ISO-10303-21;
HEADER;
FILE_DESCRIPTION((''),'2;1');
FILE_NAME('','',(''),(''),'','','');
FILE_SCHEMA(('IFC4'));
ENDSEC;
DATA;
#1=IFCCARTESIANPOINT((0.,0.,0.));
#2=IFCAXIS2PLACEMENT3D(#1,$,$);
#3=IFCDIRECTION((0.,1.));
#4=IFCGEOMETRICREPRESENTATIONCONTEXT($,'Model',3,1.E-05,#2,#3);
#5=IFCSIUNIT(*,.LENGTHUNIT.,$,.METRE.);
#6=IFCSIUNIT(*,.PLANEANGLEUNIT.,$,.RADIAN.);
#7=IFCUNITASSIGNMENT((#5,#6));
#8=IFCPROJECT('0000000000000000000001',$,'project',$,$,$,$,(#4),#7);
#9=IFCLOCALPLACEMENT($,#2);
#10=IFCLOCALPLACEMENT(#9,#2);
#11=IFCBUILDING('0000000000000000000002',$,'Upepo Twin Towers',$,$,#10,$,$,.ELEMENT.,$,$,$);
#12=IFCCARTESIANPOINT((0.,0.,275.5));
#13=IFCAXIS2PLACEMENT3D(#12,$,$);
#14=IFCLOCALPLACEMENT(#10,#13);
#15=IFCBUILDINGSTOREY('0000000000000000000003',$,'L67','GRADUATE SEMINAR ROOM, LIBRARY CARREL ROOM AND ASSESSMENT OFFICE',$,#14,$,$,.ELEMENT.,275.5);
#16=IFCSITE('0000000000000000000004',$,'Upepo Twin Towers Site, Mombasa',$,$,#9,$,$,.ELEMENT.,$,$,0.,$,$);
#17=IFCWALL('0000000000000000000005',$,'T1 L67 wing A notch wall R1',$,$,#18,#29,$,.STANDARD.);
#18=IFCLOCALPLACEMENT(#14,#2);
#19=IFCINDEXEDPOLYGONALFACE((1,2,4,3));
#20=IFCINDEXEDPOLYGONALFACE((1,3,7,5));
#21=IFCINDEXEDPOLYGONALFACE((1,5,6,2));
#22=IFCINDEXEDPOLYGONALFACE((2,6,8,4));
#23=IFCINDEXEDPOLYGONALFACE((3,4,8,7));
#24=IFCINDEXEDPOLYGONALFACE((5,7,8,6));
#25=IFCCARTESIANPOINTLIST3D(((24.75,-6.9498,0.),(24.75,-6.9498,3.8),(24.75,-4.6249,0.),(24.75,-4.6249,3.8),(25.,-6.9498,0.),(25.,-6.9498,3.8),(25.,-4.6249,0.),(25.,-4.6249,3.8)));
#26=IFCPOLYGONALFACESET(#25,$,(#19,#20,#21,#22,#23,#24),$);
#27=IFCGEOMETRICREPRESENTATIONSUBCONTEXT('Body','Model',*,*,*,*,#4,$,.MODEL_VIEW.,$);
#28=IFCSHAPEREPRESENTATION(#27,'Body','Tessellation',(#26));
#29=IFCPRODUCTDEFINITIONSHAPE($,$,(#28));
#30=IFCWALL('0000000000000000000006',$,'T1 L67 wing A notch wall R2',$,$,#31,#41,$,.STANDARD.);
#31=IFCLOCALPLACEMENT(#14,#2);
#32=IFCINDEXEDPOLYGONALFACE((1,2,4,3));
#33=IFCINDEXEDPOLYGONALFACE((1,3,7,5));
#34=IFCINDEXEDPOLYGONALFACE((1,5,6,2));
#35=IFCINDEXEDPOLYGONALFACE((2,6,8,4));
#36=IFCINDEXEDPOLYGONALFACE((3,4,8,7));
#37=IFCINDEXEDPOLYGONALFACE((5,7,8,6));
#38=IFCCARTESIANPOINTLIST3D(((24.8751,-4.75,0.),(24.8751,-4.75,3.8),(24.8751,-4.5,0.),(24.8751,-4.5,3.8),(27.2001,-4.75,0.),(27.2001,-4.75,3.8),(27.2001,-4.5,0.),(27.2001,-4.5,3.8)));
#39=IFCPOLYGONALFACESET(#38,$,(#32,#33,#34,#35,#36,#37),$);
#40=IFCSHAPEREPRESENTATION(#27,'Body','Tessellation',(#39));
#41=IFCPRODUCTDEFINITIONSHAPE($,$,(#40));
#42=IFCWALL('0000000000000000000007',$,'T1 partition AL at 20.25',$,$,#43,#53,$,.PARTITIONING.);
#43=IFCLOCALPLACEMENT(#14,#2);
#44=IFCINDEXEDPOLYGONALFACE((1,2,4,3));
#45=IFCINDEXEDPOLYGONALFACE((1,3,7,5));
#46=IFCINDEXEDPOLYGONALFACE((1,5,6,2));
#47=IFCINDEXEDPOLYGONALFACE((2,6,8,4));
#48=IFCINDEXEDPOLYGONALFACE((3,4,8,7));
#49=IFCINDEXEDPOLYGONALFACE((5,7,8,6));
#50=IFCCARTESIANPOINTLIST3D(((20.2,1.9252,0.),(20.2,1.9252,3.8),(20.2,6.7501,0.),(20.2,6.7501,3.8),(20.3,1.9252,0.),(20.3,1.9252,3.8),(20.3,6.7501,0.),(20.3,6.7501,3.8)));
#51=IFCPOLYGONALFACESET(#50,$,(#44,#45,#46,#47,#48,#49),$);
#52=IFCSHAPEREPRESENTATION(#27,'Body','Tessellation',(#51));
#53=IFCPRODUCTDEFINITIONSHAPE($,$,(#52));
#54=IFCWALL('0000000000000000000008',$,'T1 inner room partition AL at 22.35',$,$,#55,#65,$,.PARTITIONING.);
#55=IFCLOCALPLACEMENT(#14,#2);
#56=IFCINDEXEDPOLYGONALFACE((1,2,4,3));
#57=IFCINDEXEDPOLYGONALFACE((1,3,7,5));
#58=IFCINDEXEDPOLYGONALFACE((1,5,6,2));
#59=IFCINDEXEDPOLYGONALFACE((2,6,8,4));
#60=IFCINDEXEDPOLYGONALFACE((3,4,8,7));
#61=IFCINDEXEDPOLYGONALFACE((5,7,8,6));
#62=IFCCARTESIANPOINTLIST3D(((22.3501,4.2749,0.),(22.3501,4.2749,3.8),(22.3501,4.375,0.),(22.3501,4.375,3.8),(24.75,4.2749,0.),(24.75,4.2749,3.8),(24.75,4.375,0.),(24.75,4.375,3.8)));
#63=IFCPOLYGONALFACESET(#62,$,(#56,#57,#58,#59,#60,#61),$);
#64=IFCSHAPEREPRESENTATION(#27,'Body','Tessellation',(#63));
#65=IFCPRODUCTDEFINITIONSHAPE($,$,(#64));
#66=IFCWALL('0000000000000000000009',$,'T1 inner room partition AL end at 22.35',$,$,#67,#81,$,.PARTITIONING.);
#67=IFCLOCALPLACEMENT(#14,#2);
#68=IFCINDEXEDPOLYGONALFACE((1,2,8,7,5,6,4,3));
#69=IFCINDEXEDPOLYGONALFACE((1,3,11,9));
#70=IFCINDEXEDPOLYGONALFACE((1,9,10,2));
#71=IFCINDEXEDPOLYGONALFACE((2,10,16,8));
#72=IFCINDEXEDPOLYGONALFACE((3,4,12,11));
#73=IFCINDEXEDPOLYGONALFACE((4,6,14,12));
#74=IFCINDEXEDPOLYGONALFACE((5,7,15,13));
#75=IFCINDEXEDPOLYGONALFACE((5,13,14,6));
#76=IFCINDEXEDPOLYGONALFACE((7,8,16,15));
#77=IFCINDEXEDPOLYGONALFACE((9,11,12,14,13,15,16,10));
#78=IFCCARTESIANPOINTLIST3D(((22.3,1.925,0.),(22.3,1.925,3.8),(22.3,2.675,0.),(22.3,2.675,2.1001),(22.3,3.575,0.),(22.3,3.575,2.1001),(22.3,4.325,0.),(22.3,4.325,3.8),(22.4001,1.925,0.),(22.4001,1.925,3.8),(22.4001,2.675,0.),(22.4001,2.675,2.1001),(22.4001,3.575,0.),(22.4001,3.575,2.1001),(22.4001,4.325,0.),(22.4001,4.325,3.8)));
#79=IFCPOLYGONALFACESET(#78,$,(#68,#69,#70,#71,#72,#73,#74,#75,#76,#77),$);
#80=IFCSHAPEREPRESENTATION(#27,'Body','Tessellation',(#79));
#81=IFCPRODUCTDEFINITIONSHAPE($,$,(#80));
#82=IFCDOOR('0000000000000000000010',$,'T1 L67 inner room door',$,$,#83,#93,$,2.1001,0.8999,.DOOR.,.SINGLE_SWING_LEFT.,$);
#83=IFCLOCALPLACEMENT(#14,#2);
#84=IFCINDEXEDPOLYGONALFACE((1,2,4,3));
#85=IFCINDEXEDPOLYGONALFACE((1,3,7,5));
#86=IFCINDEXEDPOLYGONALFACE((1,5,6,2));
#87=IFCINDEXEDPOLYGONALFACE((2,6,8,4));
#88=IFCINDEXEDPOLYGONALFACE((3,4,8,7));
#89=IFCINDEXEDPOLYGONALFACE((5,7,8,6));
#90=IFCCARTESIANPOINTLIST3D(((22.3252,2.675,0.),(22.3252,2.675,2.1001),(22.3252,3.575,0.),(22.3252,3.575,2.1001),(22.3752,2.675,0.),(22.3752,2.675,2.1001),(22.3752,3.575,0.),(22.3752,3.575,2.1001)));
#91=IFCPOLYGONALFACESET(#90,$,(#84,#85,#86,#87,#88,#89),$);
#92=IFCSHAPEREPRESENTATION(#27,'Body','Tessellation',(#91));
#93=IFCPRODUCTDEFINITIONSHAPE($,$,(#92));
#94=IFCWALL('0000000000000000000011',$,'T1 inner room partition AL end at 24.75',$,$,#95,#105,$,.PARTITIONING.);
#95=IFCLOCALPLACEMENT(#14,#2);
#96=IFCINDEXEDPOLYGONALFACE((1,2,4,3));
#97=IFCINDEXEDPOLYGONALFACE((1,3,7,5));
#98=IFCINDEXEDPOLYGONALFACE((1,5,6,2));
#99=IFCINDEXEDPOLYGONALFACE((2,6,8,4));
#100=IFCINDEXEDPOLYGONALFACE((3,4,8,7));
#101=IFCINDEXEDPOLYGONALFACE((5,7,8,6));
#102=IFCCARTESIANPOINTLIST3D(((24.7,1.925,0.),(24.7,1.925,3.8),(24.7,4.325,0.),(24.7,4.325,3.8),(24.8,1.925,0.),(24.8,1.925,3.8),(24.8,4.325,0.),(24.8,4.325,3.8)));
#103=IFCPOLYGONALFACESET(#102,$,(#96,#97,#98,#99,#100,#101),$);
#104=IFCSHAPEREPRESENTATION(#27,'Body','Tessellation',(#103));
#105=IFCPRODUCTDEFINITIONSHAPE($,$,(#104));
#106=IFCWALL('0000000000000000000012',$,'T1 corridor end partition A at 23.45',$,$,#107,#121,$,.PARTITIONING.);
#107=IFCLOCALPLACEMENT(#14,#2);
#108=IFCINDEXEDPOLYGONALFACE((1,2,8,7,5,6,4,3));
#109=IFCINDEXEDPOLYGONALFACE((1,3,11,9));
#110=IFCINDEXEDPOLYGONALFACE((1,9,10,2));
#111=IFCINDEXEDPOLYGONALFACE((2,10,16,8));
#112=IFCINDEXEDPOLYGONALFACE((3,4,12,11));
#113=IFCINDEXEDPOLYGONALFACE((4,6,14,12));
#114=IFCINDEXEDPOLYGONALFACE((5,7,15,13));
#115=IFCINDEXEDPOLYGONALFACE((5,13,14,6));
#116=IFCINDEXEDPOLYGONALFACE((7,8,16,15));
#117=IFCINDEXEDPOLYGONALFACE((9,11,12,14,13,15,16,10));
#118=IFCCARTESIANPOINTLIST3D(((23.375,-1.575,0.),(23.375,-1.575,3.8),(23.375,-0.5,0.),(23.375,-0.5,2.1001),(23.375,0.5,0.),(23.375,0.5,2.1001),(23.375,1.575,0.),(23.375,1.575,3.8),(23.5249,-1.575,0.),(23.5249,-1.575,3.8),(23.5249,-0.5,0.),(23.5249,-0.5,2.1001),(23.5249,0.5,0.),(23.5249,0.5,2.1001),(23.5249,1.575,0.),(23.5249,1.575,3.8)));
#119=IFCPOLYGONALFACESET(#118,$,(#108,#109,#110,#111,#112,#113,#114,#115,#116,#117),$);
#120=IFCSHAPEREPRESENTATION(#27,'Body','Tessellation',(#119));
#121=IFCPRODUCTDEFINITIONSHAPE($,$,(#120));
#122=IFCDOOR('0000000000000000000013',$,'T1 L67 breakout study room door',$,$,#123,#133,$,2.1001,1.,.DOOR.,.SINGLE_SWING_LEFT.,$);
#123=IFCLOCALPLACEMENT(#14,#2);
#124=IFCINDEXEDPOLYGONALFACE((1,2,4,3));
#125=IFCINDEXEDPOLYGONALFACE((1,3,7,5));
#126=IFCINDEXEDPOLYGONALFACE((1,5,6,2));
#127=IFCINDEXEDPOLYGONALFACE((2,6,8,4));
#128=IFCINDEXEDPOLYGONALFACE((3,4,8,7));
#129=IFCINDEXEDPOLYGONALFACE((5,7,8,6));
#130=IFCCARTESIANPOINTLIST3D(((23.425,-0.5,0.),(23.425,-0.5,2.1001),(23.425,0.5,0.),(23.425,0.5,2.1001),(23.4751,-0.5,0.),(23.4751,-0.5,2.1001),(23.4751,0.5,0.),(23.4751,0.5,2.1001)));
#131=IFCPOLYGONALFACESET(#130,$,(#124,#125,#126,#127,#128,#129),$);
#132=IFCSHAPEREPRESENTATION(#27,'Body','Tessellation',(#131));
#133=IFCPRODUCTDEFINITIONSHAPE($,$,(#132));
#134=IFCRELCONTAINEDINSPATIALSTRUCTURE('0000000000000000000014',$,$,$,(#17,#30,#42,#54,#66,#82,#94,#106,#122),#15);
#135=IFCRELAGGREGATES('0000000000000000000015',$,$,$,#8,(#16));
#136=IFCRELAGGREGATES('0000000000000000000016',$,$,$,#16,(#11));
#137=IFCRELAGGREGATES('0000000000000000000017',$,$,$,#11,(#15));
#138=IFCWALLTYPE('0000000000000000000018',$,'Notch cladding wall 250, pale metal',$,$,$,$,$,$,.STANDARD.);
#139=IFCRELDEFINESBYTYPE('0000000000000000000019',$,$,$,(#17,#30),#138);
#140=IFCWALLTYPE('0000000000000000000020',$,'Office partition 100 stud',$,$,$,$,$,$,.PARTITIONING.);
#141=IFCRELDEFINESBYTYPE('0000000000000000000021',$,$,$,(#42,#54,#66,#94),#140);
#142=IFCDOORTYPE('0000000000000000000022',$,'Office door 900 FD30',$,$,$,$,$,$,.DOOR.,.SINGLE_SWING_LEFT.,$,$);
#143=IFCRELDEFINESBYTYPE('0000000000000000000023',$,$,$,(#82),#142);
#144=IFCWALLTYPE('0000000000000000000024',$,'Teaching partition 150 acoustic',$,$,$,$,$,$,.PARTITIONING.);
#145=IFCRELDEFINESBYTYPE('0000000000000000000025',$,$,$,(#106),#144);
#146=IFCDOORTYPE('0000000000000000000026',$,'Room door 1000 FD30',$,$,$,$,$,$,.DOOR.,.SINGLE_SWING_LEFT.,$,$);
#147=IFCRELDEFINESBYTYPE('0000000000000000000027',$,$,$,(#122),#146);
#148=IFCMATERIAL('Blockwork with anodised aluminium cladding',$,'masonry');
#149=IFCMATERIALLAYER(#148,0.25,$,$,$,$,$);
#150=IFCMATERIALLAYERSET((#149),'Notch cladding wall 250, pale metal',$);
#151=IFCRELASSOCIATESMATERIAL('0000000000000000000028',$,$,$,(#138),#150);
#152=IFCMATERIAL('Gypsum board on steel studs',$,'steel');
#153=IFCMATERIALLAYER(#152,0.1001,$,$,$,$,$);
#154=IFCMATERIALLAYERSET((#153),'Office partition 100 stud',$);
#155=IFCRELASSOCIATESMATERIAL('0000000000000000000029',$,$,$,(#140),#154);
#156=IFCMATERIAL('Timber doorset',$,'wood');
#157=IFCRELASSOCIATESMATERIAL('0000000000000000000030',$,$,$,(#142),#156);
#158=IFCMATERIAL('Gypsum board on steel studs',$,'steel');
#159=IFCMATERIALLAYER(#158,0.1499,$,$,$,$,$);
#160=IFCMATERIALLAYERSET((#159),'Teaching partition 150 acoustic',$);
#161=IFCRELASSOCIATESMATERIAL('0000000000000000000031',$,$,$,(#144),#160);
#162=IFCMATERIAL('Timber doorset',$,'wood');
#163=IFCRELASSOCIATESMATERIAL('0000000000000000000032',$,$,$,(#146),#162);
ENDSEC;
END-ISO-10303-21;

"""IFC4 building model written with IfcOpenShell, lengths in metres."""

from ifc_helpers import new_model, si_unit, direction, frame, frame_2d, origin, place, context, subcontext, project, spatial, rectangle, extrude, material, layer, layer_set, type_object, element, fill, save


model = new_model("IFC4")

# Units and contexts
model_context = context("Model", 3, precision=1e-05, world=origin(), true_north=direction((0.0, 1.0)))
body_context = subcontext(model_context, "Body", "Model", "MODEL_VIEW")
ifc_project = project(units=[si_unit("LENGTHUNIT", "METRE"), si_unit("PLANEANGLEUNIT", "RADIAN")], contexts=[model_context])

# Site, building, storey
site_placement = place(None, origin())
site = spatial("IfcSite", under=ifc_project, at=site_placement, Name="Upepo Twin Towers Site, Mombasa", CompositionType="ELEMENT", RefElevation=0.0)
building_placement = place(site_placement, origin())
building = spatial("IfcBuilding", under=site, at=building_placement, Name="Upepo Twin Towers", CompositionType="ELEMENT")
storey_placement = place(building_placement, frame((0.0, 0.0, 275.5)))
storey = spatial("IfcBuildingStorey", under=building, at=storey_placement, Name="L67", Description="GRADUATE SEMINAR ROOM, LIBRARY CARREL ROOM AND ASSESSMENT OFFICE", CompositionType="ELEMENT", Elevation=275.5)

# Walls
ifc_material_1 = material(Name="Blockwork with anodised aluminium cladding", Category="masonry")
ifc_layer_1 = layer(ifc_material_1, 0.25)
ifc_layer_set_1 = layer_set([ifc_layer_1], Name="Notch cladding wall 250, pale metal")
wall_type_1 = type_object("IfcWallType", Name="Notch cladding wall 250, pale metal", PredefinedType="STANDARD", material=ifc_layer_set_1)
for number, where, z_axis, x_axis, name in (
    (1, (24.875, -6.95, 0.0), (0.0, 0.0, 1.0), (0.0, 1.0, 0.0), "T1 L67 wing A notch wall R1"),
    (2, (24.875, -4.625, 0.0), (0.0, 0.0, 1.0), (1.0, 0.0, 0.0), "T1 L67 wing A notch wall R2"),
):
    element("IfcWall", number, at=place(storey_placement, frame(where, z_axis=z_axis, x_axis=x_axis)), inside=storey, type_object=wall_type_1, Name=name, PredefinedType="STANDARD", context=body_context, shape_type="SweptSolid", body=[
        extrude(rectangle(XDim=2.325, YDim=0.25, at=frame_2d((1.1626, 0.0))), origin(), (0.0, 0.0, 1.0), 3.8),
    ])
ifc_material_2 = material(Name="Gypsum board on steel studs", Category="steel")
ifc_layer_2 = layer(ifc_material_2, 0.1001)
ifc_layer_set_2 = layer_set([ifc_layer_2], Name="Office partition 100 stud")
wall_type_2 = type_object("IfcWallType", Name="Office partition 100 stud", PredefinedType="PARTITIONING", material=ifc_layer_set_2)
wall_1_placement = place(storey_placement, frame((20.25, 1.925, 0.0), z_axis=(0.0, 0.0, 1.0), x_axis=(0.0, 1.0, 0.0)))
element("IfcWall", 3, at=wall_1_placement, inside=storey, type_object=wall_type_2, Name="T1 partition AL at 20.25", PredefinedType="PARTITIONING", context=body_context, shape_type="SweptSolid", body=[
    extrude(rectangle(XDim=4.825, YDim=0.1001, at=frame_2d((2.4126, 0.0))), origin(), (0.0, 0.0, 1.0), 3.8),
])
wall_2_placement = place(storey_placement, frame((22.3501, 4.325, 0.0), z_axis=(0.0, 0.0, 1.0), x_axis=(1.0, 0.0, 0.0)))
element("IfcWall", 4, at=wall_2_placement, inside=storey, type_object=wall_type_2, Name="T1 inner room partition AL at 22.35", PredefinedType="PARTITIONING", context=body_context, shape_type="SweptSolid", body=[
    extrude(rectangle(XDim=2.3999, YDim=0.1001, at=frame_2d((1.2, 0.0))), origin(), (0.0, 0.0, 1.0), 3.8),
])

# Wall, opening, door
wall_3_placement = place(storey_placement, frame((22.3501, 1.925, 0.0), z_axis=(0.0, 0.0, 1.0), x_axis=(0.0, 1.0, 0.0)))
wall_3 = element("IfcWall", 5, at=wall_3_placement, inside=storey, type_object=wall_type_2, Name="T1 inner room partition AL end at 22.35", PredefinedType="PARTITIONING", context=body_context, shape_type="SweptSolid", body=[
    extrude(rectangle(XDim=2.3999, YDim=0.1001, at=frame_2d((1.2, 0.0))), origin(), (0.0, 0.0, 1.0), 3.8),
])
opening_1_placement = place(wall_3_placement, frame((0.75, 0.0, 0.0)))
opening_1 = element("IfcOpeningElement", 6, at=opening_1_placement, cuts=wall_3, PredefinedType="OPENING", context=body_context, shape_type="SweptSolid", body=[
    extrude(rectangle(XDim=0.8999, YDim=2.1001, at=frame_2d((0.45, 1.05))), frame((0.0, 0.0601, 0.0), z_axis=(0.0, -1.0, 0.0), x_axis=(1.0, 0.0, 0.0)), (0.0, 0.0, 1.0), 0.1201),
])
ifc_material_3 = material(Name="Timber doorset", Category="wood")
door_type_1 = type_object("IfcDoorType", Name="Office door 900 FD30", OperationType="SINGLE_SWING_LEFT", PredefinedType="DOOR", material=ifc_material_3)
door_1_placement = place(opening_1_placement, origin())
door_1 = element("IfcDoor", 7, at=door_1_placement, inside=storey, type_object=door_type_1, Name="T1 L67 inner room door", OperationType="SINGLE_SWING_LEFT", OverallHeight=2.1001, OverallWidth=0.8999, PredefinedType="DOOR", context=body_context, shape_type="SweptSolid", body=[
    extrude(rectangle(XDim=0.8999, YDim=2.1001, at=frame_2d((0.45, 1.05))), frame((0.0, 0.0249, 0.0), z_axis=(0.0, -1.0, 0.0), x_axis=(1.0, 0.0, 0.0)), (0.0, 0.0, 1.0), 0.05),
])
fill(opening_1, door_1)

# Wall
wall_4_placement = place(storey_placement, frame((24.75, 1.925, 0.0), z_axis=(0.0, 0.0, 1.0), x_axis=(0.0, 1.0, 0.0)))
element("IfcWall", 8, at=wall_4_placement, inside=storey, type_object=wall_type_2, Name="T1 inner room partition AL end at 24.75", PredefinedType="PARTITIONING", context=body_context, shape_type="SweptSolid", body=[
    extrude(rectangle(XDim=2.3999, YDim=0.1001, at=frame_2d((1.2, 0.0))), origin(), (0.0, 0.0, 1.0), 3.8),
])

# Wall, opening, door
ifc_material_4 = material(Name="Gypsum board on steel studs", Category="steel")
ifc_layer_3 = layer(ifc_material_4, 0.1499)
ifc_layer_set_3 = layer_set([ifc_layer_3], Name="Teaching partition 150 acoustic")
wall_type_3 = type_object("IfcWallType", Name="Teaching partition 150 acoustic", PredefinedType="PARTITIONING", material=ifc_layer_set_3)
wall_5_placement = place(storey_placement, frame((23.45, -1.575, 0.0), z_axis=(0.0, 0.0, 1.0), x_axis=(0.0, 1.0, 0.0)))
wall_5 = element("IfcWall", 9, at=wall_5_placement, inside=storey, type_object=wall_type_3, Name="T1 corridor end partition A at 23.45", PredefinedType="PARTITIONING", context=body_context, shape_type="SweptSolid", body=[
    extrude(rectangle(XDim=3.1499, YDim=0.1499, at=frame_2d((1.575, 0.0))), origin(), (0.0, 0.0, 1.0), 3.8),
])
opening_2_placement = place(wall_5_placement, frame((1.075, 0.0, 0.0)))
opening_2 = element("IfcOpeningElement", 10, at=opening_2_placement, cuts=wall_5, PredefinedType="OPENING", context=body_context, shape_type="SweptSolid", body=[
    extrude(rectangle(XDim=1.0, YDim=2.1001, at=frame_2d((0.5, 1.05))), frame((0.0, 0.085, 0.0), z_axis=(0.0, -1.0, 0.0), x_axis=(1.0, 0.0, 0.0)), (0.0, 0.0, 1.0), 0.1699),
])
ifc_material_5 = material(Name="Timber doorset", Category="wood")
door_type_2 = type_object("IfcDoorType", Name="Room door 1000 FD30", OperationType="SINGLE_SWING_LEFT", PredefinedType="DOOR", material=ifc_material_5)
door_2_placement = place(opening_2_placement, origin())
door_2 = element("IfcDoor", 11, at=door_2_placement, inside=storey, type_object=door_type_2, Name="T1 L67 breakout study room door", OperationType="SINGLE_SWING_LEFT", OverallHeight=2.1001, OverallWidth=1.0, PredefinedType="DOOR", context=body_context, shape_type="SweptSolid", body=[
    extrude(rectangle(XDim=1.0, YDim=2.1001, at=frame_2d((0.5, 1.05))), frame((0.0, 0.0249, 0.0), z_axis=(0.0, -1.0, 0.0), x_axis=(1.0, 0.0, 0.0)), (0.0, 0.0, 1.0), 0.05),
])
fill(opening_2, door_2)

save(model, "model.ifc")
